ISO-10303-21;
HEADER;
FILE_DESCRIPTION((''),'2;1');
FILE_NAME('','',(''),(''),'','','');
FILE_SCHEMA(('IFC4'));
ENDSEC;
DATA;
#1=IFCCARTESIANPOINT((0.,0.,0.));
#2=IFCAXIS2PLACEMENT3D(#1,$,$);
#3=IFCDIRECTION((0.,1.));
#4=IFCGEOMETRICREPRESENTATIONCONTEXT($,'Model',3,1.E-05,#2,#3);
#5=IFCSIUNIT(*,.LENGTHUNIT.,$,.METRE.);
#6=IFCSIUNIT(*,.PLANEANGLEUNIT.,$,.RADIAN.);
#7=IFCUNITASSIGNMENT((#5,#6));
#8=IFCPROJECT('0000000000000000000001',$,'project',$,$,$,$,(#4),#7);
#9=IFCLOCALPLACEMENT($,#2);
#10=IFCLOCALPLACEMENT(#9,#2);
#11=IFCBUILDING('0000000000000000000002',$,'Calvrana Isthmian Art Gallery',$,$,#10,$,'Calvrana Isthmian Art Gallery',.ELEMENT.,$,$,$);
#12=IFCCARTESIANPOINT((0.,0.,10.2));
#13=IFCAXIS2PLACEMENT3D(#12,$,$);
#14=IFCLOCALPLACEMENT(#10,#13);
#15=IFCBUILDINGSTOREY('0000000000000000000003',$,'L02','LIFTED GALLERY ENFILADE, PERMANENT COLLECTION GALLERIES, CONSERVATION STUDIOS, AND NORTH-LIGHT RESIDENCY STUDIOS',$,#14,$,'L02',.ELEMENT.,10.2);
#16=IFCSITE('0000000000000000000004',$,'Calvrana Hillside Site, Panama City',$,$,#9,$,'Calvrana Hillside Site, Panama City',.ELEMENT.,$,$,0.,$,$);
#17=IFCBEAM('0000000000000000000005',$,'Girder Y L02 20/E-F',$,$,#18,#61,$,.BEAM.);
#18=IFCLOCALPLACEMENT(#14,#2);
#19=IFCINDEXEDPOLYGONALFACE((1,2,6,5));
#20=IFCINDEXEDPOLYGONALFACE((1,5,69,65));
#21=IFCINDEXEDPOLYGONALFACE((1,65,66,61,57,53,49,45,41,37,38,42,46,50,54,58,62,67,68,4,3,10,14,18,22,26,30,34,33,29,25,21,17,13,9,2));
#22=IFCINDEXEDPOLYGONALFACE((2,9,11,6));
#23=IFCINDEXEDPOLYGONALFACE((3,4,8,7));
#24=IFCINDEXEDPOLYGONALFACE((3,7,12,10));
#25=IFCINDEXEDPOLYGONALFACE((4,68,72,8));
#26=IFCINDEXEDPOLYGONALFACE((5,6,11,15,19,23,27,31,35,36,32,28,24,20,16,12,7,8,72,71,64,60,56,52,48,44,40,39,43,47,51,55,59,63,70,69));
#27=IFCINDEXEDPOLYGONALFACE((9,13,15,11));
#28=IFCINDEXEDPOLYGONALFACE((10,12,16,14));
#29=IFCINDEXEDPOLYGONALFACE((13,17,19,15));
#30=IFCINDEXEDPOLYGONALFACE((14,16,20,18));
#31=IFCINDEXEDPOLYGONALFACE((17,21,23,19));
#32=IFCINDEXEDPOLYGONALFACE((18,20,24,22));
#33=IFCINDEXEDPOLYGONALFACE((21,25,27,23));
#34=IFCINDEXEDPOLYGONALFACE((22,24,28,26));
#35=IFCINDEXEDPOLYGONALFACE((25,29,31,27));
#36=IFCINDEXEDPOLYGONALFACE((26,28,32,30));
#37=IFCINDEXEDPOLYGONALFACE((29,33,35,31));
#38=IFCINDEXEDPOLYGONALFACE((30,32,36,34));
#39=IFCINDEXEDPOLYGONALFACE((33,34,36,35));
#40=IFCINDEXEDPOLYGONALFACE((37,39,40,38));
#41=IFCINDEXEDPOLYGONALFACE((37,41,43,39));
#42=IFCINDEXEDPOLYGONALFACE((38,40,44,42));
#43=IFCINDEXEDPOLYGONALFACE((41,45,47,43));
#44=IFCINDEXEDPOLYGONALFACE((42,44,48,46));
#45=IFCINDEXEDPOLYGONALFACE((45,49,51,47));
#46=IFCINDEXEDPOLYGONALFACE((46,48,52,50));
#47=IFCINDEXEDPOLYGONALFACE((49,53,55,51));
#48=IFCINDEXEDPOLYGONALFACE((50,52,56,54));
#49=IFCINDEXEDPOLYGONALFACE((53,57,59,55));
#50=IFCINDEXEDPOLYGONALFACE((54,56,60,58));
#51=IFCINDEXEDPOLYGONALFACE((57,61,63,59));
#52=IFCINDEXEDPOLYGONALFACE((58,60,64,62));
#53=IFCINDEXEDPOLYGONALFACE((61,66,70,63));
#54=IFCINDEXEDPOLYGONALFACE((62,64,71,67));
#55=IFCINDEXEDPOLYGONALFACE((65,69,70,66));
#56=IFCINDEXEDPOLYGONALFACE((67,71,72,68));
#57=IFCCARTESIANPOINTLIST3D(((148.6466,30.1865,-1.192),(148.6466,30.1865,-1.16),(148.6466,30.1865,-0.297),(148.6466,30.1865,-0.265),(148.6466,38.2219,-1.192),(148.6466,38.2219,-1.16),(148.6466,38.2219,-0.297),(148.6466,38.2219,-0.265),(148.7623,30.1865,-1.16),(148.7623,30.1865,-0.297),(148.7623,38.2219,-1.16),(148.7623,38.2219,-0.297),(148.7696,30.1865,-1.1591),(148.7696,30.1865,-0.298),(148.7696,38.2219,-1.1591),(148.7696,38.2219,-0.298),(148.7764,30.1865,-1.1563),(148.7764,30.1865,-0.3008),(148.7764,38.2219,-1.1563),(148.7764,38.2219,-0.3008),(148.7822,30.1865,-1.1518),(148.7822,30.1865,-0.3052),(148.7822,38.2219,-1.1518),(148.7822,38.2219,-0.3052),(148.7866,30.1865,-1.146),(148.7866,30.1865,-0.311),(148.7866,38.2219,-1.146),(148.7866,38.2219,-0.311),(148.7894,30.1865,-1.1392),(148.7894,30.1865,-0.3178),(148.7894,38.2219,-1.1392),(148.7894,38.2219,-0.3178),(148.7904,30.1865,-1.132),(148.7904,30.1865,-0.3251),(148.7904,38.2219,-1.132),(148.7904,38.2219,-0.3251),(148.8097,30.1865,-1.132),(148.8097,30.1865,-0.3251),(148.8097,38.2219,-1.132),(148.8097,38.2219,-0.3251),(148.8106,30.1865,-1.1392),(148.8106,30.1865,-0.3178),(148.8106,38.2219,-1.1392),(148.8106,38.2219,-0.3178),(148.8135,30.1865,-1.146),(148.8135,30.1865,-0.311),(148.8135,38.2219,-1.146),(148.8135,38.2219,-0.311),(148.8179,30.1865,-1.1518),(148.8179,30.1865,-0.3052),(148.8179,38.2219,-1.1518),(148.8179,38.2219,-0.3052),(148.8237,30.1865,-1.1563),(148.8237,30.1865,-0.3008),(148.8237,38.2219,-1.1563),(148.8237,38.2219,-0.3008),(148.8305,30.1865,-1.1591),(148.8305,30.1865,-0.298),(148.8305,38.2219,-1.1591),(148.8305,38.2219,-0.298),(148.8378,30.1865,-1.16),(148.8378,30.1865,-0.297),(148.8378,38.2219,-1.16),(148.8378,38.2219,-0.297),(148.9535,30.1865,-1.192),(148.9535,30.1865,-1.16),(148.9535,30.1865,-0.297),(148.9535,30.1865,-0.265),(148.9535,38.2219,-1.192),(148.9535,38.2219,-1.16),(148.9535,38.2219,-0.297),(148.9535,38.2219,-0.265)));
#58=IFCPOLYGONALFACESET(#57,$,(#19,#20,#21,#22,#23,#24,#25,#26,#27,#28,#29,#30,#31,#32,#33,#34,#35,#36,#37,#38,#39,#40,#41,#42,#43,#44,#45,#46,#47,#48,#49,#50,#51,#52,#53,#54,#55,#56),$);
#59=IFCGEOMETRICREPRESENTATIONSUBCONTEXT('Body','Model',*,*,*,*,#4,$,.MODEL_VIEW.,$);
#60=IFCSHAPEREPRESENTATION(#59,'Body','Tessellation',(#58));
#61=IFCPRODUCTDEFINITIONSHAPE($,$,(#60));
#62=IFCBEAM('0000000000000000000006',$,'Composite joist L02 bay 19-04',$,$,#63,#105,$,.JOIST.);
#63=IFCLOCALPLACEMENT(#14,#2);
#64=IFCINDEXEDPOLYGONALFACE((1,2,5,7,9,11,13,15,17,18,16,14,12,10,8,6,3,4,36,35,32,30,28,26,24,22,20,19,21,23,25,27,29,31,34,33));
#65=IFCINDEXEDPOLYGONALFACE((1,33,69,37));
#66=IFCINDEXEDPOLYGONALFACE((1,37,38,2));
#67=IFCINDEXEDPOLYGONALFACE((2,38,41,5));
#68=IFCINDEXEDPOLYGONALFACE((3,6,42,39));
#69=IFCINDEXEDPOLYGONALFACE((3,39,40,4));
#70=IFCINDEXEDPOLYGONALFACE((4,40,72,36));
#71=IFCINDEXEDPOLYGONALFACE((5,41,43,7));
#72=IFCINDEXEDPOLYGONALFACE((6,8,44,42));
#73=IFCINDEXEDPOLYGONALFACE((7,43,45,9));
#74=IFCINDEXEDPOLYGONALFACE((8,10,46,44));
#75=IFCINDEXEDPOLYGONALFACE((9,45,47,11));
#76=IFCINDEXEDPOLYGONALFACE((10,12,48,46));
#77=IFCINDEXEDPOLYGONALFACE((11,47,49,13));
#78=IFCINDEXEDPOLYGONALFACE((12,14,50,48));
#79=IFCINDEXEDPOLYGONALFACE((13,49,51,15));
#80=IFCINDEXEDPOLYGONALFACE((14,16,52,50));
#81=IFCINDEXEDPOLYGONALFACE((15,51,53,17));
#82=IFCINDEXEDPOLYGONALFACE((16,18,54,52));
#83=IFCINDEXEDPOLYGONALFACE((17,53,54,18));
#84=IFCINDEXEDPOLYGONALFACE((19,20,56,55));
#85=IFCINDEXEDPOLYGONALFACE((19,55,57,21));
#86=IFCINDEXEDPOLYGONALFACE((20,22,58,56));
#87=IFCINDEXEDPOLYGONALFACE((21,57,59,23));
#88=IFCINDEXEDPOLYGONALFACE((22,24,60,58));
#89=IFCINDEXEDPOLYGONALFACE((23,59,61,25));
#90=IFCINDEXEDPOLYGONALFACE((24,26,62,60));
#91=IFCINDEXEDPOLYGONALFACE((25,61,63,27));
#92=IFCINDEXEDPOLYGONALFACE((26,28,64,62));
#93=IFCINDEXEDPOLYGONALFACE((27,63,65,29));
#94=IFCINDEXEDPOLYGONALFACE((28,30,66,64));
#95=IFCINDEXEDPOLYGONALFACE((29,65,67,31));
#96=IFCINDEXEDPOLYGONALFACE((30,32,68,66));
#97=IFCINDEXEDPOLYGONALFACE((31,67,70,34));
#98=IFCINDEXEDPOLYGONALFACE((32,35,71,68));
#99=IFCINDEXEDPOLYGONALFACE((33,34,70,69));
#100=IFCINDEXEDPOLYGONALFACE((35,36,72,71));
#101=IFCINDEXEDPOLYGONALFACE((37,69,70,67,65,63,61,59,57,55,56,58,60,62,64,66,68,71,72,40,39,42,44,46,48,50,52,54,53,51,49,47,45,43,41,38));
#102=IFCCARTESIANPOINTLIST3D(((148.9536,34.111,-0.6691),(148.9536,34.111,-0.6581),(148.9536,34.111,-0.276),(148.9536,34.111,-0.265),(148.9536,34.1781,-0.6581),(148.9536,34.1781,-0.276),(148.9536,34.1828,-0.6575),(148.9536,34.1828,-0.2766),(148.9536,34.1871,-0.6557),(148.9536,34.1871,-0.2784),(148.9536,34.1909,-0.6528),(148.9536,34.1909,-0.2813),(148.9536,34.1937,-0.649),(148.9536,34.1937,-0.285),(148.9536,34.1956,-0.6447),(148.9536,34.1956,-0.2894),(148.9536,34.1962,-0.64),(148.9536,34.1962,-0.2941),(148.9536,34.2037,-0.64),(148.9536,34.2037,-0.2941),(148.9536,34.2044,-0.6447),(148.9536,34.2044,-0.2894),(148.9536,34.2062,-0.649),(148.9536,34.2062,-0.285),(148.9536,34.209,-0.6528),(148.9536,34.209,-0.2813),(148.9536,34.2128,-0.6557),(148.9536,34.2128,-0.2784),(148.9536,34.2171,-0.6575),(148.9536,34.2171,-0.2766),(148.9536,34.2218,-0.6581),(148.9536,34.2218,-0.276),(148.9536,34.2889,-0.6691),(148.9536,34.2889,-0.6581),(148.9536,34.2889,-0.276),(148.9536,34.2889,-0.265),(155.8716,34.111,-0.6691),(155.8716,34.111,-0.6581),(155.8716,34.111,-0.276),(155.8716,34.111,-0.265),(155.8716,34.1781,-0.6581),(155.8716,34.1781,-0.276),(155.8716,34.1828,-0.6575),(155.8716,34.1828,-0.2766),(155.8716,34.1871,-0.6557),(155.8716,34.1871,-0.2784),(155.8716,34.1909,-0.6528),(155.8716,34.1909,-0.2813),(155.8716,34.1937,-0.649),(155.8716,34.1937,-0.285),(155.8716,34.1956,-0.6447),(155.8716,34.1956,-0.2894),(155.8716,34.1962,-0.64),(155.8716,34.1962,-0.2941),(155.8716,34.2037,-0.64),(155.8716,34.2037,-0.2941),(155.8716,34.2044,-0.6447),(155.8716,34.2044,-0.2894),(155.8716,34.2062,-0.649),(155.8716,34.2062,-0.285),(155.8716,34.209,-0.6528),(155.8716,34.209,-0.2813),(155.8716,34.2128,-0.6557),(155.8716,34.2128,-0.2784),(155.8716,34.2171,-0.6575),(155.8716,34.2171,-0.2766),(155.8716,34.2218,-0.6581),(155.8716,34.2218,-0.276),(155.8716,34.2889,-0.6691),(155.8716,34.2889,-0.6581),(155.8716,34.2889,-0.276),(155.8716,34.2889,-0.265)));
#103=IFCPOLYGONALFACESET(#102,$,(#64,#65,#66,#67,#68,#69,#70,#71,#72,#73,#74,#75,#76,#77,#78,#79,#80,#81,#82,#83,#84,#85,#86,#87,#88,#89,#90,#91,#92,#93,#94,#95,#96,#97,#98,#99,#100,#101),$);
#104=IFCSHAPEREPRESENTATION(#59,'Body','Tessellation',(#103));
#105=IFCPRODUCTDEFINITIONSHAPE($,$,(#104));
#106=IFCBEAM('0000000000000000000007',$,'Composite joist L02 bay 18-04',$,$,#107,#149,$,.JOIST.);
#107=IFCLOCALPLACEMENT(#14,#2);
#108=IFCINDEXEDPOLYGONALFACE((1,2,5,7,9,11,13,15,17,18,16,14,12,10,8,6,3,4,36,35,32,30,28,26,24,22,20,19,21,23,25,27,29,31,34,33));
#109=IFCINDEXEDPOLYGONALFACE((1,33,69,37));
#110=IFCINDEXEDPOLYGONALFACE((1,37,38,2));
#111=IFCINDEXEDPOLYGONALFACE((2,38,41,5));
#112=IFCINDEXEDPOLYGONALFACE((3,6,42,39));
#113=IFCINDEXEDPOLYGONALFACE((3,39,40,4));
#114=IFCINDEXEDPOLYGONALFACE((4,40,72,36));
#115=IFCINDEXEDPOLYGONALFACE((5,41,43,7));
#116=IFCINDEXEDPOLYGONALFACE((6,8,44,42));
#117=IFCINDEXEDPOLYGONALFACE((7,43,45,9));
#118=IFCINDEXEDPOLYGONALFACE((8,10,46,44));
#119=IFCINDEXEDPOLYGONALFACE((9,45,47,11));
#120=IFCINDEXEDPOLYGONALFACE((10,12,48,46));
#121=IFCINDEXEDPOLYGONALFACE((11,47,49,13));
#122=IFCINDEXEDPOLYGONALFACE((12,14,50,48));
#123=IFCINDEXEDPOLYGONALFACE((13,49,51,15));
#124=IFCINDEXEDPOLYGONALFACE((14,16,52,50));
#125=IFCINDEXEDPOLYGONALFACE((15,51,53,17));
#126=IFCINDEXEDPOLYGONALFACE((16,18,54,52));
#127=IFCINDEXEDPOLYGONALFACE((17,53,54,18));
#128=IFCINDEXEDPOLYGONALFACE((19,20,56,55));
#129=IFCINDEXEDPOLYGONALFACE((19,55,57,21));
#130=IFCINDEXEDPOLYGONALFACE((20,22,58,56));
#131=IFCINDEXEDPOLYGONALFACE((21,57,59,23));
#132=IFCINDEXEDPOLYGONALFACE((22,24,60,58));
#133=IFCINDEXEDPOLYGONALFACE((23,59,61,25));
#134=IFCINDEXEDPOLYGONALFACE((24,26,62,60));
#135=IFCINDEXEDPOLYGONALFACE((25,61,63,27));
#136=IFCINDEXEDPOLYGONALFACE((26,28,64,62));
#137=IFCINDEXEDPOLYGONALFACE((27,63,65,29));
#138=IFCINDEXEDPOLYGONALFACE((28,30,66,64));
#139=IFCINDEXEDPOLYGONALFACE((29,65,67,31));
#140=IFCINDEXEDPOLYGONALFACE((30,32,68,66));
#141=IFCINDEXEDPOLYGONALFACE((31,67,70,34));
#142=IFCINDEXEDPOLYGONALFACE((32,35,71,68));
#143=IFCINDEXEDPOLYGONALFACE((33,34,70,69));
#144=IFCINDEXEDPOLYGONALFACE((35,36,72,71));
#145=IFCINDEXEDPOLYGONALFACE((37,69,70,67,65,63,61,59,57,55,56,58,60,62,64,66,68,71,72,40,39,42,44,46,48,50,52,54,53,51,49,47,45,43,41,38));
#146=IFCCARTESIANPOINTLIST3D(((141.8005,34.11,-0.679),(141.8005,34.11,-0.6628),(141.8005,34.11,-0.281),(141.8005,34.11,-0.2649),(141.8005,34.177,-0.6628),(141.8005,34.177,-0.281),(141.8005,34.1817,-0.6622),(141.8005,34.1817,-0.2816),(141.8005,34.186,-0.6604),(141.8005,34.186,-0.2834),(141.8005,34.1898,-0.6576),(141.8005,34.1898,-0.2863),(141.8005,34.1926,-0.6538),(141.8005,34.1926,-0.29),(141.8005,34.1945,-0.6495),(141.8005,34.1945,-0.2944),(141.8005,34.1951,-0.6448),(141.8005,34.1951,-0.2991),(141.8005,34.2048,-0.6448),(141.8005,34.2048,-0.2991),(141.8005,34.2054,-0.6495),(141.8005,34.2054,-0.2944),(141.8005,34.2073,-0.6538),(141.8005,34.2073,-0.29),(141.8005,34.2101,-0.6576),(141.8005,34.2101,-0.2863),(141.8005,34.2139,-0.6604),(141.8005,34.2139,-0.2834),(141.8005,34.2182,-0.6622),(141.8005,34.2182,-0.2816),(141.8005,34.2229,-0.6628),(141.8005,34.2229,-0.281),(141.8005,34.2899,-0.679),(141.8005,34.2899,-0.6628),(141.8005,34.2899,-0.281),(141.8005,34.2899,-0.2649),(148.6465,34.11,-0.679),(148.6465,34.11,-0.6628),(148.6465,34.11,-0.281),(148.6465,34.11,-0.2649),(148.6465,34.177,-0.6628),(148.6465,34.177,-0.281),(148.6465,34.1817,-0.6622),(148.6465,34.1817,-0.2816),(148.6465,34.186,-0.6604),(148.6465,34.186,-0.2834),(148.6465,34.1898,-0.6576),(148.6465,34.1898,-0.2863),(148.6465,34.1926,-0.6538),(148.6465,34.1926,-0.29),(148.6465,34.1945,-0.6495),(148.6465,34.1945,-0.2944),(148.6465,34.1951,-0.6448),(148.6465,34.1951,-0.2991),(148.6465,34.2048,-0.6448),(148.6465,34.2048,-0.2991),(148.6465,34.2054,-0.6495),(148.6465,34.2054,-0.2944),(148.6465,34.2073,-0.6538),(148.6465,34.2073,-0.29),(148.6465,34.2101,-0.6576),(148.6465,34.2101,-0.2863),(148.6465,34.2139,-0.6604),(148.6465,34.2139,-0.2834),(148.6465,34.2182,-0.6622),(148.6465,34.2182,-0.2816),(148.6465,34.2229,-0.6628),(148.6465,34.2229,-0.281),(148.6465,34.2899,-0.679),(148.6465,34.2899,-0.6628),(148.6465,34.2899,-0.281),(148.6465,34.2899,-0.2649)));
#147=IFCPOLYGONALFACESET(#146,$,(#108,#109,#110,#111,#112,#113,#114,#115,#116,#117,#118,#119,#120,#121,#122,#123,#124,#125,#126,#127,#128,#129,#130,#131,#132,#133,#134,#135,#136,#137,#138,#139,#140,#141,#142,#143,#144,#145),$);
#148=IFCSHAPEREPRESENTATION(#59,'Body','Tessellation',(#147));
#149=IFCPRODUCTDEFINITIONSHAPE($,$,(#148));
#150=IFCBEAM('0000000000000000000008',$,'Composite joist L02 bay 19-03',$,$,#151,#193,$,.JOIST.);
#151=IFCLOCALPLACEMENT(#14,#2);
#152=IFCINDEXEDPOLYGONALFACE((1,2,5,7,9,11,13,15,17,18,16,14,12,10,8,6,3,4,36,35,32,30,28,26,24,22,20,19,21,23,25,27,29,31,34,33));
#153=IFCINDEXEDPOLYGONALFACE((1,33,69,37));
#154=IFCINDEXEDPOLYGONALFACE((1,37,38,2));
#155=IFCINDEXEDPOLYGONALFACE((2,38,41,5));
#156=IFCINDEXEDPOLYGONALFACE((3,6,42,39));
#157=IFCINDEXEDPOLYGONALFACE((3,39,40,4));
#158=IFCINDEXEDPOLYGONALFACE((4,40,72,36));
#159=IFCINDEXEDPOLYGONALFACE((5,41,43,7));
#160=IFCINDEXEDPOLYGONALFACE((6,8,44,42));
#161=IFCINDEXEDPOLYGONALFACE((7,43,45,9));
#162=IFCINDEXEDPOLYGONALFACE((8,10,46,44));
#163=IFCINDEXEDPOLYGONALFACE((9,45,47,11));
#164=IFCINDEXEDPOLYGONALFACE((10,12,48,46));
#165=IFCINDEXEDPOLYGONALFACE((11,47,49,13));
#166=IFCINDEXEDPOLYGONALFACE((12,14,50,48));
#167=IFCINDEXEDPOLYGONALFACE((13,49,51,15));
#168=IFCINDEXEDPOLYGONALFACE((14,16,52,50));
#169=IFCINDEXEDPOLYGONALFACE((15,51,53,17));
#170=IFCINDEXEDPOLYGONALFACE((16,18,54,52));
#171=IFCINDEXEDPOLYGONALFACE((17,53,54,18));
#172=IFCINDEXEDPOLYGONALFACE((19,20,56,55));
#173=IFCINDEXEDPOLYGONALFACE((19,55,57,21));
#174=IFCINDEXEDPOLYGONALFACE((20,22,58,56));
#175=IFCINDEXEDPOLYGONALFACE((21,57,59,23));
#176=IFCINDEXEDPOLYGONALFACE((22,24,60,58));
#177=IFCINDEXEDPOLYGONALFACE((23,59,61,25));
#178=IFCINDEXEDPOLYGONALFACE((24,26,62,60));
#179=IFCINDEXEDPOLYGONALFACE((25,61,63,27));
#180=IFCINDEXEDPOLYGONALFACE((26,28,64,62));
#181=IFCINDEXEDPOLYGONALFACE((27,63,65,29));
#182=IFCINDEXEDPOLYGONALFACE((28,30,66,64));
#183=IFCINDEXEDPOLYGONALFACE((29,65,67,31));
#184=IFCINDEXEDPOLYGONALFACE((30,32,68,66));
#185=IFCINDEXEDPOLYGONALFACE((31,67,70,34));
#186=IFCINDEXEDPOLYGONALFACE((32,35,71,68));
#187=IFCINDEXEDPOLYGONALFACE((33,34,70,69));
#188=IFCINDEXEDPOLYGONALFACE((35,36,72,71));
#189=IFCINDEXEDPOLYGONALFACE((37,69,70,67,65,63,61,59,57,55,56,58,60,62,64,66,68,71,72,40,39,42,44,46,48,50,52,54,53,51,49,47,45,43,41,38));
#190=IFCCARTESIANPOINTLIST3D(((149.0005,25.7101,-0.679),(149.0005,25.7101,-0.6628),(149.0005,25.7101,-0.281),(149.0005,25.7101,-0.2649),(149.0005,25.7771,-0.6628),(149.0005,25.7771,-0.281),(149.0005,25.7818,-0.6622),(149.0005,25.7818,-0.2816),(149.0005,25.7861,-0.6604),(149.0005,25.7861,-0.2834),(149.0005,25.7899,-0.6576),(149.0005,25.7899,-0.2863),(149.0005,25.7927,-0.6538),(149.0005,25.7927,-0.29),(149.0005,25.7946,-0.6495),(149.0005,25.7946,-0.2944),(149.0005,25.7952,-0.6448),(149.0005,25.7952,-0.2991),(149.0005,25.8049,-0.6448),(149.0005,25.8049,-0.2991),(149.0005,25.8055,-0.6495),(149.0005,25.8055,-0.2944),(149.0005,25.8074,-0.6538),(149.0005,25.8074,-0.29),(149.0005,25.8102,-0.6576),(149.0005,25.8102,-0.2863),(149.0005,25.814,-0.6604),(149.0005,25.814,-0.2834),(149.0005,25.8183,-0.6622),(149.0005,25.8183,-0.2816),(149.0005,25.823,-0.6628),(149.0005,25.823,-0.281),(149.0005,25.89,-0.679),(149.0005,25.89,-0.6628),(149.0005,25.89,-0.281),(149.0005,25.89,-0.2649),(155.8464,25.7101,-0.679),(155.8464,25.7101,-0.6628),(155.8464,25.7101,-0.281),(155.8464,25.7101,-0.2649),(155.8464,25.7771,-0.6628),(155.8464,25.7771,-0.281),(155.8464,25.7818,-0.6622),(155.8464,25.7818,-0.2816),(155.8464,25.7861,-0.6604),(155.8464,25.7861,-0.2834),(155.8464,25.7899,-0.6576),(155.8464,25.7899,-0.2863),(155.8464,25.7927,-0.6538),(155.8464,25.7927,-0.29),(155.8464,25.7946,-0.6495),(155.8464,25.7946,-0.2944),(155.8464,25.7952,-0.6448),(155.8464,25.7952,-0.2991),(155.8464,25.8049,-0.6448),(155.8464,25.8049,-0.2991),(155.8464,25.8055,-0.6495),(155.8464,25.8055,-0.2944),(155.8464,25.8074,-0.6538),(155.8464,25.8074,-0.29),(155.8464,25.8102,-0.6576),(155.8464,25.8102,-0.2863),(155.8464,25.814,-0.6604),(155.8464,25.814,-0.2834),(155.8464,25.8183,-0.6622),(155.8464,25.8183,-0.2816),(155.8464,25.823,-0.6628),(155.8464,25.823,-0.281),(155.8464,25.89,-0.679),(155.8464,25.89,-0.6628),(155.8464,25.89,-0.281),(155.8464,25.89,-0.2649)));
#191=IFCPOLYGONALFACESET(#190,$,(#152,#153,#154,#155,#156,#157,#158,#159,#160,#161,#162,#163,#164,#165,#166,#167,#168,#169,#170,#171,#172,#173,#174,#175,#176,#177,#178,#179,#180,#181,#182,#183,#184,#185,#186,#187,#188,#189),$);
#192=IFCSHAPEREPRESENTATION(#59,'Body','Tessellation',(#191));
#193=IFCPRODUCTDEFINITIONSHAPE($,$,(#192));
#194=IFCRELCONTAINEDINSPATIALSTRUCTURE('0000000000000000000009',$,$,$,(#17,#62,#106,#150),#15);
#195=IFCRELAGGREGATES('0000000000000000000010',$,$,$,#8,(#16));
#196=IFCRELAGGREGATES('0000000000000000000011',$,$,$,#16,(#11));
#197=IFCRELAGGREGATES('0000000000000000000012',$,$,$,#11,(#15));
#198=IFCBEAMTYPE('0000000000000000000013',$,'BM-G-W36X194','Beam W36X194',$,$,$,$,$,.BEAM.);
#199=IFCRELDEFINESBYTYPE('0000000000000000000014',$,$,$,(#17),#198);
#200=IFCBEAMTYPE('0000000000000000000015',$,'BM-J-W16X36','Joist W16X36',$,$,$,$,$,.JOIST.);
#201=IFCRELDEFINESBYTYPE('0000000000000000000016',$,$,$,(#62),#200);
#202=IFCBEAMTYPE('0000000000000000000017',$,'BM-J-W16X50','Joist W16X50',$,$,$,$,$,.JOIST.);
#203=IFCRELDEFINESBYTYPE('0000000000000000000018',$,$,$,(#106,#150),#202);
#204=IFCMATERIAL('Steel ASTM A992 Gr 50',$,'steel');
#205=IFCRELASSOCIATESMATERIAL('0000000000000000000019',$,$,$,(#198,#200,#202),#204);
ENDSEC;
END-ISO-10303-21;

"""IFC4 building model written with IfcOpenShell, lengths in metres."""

from ifc_helpers import new_model, si_unit, direction, frame, origin, origin_2d, place, context, subcontext, project, spatial, i_section, extrude, material, material_profile, profile_set, type_object, element, save


model = new_model("IFC4")

# Units and contexts
model_context = context("Model", 3, precision=1e-05, world=origin(), true_north=direction((0.0, 1.0)))
body_context = subcontext(model_context, "Body", "Model", "MODEL_VIEW")
ifc_project = project(units=[si_unit("LENGTHUNIT", "METRE"), si_unit("PLANEANGLEUNIT", "RADIAN")], contexts=[model_context])

# Site, building, storey
site_placement = place(None, origin())
site = spatial("IfcSite", under=ifc_project, at=site_placement, Name="Calvrana Hillside Site, Panama City", LongName="Calvrana Hillside Site, Panama City", CompositionType="ELEMENT", RefElevation=0.0)
building_placement = place(site_placement, origin())
building = spatial("IfcBuilding", under=site, at=building_placement, Name="Calvrana Isthmian Art Gallery", LongName="Calvrana Isthmian Art Gallery", CompositionType="ELEMENT")
storey_placement = place(building_placement, frame((0.0, 0.0, 10.2)))
storey = spatial("IfcBuildingStorey", under=building, at=storey_placement, Name="L02", Description="LIFTED GALLERY ENFILADE, PERMANENT COLLECTION GALLERIES, CONSERVATION STUDIOS, AND NORTH-LIGHT RESIDENCY STUDIOS", LongName="L02", CompositionType="ELEMENT", Elevation=10.2)

# Beams
ifc_material_1 = material(Name="Steel ASTM A992 Gr 50", Category="steel")
ifc_material_profile_1 = material_profile(ifc_material_1, i_section(OverallWidth=0.3069, OverallDepth=0.927, WebThickness=0.0193, FlangeThickness=0.032, FilletRadius=0.0281, at=origin_2d()), Name="W36X194")
ifc_profile_set_1 = profile_set([ifc_material_profile_1], Name="Steel ASTM A992 Gr 50")
beam_type_1 = type_object("IfcBeamType", Name="BM-G-W36X194", Description="Beam W36X194", PredefinedType="BEAM", material=ifc_profile_set_1)
beam_1_placement = place(storey_placement, frame((148.8, 30.1865, -0.7285), z_axis=(0.0, 1.0, 0.0), x_axis=(-1.0, 0.0, 0.0)))
element("IfcBeam", 1, at=beam_1_placement, inside=storey, type_object=beam_type_1, Name="Girder Y L02 20/E-F", PredefinedType="BEAM", context=body_context, shape_type="SweptSolid", body=[
    extrude(i_section(OverallWidth=0.3069, OverallDepth=0.927, WebThickness=0.0193, FlangeThickness=0.032, FilletRadius=0.0281, at=origin_2d()), origin(), (0.0, 0.0, 1.0), 8.0354),
])
ifc_material_profile_2 = material_profile(ifc_material_1, i_section(OverallWidth=0.178, OverallDepth=0.4041, WebThickness=0.0076, FlangeThickness=0.011, FilletRadius=0.0181, at=origin_2d()), Name="W16X36")
ifc_profile_set_2 = profile_set([ifc_material_profile_2], Name="Steel ASTM A992 Gr 50")
beam_type_2 = type_object("IfcBeamType", Name="BM-J-W16X36", Description="Joist W16X36", PredefinedType="JOIST", material=ifc_profile_set_2)
beam_2_placement = place(storey_placement, frame((148.9536, 34.2, -0.467), z_axis=(1.0, 0.0, 0.0), x_axis=(0.0, 1.0, 0.0)))
element("IfcBeam", 2, at=beam_2_placement, inside=storey, type_object=beam_type_2, Name="Composite joist L02 bay 19-04", PredefinedType="JOIST", context=body_context, shape_type="SweptSolid", body=[
    extrude(i_section(OverallWidth=0.178, OverallDepth=0.4041, WebThickness=0.0076, FlangeThickness=0.011, FilletRadius=0.0181, at=origin_2d()), origin(), (0.0, 0.0, 1.0), 6.918),
])
ifc_material_profile_3 = material_profile(ifc_material_1, i_section(OverallWidth=0.1799, OverallDepth=0.4141, WebThickness=0.0098, FlangeThickness=0.0161, FilletRadius=0.0181, at=origin_2d()), Name="W16X50")
ifc_profile_set_3 = profile_set([ifc_material_profile_3], Name="Steel ASTM A992 Gr 50")
beam_type_3 = type_object("IfcBeamType", Name="BM-J-W16X50", Description="Joist W16X50", PredefinedType="JOIST", material=ifc_profile_set_3)
for number, where, z_axis, x_axis, name in (
    (3, (141.8005, 34.2, -0.4719), (1.0, 0.0, 0.0), (0.0, 1.0, 0.0), "Composite joist L02 bay 18-04"),
    (4, (149.0005, 25.8, -0.4719), (1.0, 0.0, 0.0), (0.0, 1.0, 0.0), "Composite joist L02 bay 19-03"),
):
    element("IfcBeam", number, at=place(storey_placement, frame(where, z_axis=z_axis, x_axis=x_axis)), inside=storey, type_object=beam_type_3, Name=name, PredefinedType="JOIST", context=body_context, shape_type="SweptSolid", body=[
        extrude(i_section(OverallWidth=0.1799, OverallDepth=0.4141, WebThickness=0.0098, FlangeThickness=0.0161, FilletRadius=0.0181, at=origin_2d()), origin(), (0.0, 0.0, 1.0), 6.8459),
    ])

save(model, "model.ifc")
